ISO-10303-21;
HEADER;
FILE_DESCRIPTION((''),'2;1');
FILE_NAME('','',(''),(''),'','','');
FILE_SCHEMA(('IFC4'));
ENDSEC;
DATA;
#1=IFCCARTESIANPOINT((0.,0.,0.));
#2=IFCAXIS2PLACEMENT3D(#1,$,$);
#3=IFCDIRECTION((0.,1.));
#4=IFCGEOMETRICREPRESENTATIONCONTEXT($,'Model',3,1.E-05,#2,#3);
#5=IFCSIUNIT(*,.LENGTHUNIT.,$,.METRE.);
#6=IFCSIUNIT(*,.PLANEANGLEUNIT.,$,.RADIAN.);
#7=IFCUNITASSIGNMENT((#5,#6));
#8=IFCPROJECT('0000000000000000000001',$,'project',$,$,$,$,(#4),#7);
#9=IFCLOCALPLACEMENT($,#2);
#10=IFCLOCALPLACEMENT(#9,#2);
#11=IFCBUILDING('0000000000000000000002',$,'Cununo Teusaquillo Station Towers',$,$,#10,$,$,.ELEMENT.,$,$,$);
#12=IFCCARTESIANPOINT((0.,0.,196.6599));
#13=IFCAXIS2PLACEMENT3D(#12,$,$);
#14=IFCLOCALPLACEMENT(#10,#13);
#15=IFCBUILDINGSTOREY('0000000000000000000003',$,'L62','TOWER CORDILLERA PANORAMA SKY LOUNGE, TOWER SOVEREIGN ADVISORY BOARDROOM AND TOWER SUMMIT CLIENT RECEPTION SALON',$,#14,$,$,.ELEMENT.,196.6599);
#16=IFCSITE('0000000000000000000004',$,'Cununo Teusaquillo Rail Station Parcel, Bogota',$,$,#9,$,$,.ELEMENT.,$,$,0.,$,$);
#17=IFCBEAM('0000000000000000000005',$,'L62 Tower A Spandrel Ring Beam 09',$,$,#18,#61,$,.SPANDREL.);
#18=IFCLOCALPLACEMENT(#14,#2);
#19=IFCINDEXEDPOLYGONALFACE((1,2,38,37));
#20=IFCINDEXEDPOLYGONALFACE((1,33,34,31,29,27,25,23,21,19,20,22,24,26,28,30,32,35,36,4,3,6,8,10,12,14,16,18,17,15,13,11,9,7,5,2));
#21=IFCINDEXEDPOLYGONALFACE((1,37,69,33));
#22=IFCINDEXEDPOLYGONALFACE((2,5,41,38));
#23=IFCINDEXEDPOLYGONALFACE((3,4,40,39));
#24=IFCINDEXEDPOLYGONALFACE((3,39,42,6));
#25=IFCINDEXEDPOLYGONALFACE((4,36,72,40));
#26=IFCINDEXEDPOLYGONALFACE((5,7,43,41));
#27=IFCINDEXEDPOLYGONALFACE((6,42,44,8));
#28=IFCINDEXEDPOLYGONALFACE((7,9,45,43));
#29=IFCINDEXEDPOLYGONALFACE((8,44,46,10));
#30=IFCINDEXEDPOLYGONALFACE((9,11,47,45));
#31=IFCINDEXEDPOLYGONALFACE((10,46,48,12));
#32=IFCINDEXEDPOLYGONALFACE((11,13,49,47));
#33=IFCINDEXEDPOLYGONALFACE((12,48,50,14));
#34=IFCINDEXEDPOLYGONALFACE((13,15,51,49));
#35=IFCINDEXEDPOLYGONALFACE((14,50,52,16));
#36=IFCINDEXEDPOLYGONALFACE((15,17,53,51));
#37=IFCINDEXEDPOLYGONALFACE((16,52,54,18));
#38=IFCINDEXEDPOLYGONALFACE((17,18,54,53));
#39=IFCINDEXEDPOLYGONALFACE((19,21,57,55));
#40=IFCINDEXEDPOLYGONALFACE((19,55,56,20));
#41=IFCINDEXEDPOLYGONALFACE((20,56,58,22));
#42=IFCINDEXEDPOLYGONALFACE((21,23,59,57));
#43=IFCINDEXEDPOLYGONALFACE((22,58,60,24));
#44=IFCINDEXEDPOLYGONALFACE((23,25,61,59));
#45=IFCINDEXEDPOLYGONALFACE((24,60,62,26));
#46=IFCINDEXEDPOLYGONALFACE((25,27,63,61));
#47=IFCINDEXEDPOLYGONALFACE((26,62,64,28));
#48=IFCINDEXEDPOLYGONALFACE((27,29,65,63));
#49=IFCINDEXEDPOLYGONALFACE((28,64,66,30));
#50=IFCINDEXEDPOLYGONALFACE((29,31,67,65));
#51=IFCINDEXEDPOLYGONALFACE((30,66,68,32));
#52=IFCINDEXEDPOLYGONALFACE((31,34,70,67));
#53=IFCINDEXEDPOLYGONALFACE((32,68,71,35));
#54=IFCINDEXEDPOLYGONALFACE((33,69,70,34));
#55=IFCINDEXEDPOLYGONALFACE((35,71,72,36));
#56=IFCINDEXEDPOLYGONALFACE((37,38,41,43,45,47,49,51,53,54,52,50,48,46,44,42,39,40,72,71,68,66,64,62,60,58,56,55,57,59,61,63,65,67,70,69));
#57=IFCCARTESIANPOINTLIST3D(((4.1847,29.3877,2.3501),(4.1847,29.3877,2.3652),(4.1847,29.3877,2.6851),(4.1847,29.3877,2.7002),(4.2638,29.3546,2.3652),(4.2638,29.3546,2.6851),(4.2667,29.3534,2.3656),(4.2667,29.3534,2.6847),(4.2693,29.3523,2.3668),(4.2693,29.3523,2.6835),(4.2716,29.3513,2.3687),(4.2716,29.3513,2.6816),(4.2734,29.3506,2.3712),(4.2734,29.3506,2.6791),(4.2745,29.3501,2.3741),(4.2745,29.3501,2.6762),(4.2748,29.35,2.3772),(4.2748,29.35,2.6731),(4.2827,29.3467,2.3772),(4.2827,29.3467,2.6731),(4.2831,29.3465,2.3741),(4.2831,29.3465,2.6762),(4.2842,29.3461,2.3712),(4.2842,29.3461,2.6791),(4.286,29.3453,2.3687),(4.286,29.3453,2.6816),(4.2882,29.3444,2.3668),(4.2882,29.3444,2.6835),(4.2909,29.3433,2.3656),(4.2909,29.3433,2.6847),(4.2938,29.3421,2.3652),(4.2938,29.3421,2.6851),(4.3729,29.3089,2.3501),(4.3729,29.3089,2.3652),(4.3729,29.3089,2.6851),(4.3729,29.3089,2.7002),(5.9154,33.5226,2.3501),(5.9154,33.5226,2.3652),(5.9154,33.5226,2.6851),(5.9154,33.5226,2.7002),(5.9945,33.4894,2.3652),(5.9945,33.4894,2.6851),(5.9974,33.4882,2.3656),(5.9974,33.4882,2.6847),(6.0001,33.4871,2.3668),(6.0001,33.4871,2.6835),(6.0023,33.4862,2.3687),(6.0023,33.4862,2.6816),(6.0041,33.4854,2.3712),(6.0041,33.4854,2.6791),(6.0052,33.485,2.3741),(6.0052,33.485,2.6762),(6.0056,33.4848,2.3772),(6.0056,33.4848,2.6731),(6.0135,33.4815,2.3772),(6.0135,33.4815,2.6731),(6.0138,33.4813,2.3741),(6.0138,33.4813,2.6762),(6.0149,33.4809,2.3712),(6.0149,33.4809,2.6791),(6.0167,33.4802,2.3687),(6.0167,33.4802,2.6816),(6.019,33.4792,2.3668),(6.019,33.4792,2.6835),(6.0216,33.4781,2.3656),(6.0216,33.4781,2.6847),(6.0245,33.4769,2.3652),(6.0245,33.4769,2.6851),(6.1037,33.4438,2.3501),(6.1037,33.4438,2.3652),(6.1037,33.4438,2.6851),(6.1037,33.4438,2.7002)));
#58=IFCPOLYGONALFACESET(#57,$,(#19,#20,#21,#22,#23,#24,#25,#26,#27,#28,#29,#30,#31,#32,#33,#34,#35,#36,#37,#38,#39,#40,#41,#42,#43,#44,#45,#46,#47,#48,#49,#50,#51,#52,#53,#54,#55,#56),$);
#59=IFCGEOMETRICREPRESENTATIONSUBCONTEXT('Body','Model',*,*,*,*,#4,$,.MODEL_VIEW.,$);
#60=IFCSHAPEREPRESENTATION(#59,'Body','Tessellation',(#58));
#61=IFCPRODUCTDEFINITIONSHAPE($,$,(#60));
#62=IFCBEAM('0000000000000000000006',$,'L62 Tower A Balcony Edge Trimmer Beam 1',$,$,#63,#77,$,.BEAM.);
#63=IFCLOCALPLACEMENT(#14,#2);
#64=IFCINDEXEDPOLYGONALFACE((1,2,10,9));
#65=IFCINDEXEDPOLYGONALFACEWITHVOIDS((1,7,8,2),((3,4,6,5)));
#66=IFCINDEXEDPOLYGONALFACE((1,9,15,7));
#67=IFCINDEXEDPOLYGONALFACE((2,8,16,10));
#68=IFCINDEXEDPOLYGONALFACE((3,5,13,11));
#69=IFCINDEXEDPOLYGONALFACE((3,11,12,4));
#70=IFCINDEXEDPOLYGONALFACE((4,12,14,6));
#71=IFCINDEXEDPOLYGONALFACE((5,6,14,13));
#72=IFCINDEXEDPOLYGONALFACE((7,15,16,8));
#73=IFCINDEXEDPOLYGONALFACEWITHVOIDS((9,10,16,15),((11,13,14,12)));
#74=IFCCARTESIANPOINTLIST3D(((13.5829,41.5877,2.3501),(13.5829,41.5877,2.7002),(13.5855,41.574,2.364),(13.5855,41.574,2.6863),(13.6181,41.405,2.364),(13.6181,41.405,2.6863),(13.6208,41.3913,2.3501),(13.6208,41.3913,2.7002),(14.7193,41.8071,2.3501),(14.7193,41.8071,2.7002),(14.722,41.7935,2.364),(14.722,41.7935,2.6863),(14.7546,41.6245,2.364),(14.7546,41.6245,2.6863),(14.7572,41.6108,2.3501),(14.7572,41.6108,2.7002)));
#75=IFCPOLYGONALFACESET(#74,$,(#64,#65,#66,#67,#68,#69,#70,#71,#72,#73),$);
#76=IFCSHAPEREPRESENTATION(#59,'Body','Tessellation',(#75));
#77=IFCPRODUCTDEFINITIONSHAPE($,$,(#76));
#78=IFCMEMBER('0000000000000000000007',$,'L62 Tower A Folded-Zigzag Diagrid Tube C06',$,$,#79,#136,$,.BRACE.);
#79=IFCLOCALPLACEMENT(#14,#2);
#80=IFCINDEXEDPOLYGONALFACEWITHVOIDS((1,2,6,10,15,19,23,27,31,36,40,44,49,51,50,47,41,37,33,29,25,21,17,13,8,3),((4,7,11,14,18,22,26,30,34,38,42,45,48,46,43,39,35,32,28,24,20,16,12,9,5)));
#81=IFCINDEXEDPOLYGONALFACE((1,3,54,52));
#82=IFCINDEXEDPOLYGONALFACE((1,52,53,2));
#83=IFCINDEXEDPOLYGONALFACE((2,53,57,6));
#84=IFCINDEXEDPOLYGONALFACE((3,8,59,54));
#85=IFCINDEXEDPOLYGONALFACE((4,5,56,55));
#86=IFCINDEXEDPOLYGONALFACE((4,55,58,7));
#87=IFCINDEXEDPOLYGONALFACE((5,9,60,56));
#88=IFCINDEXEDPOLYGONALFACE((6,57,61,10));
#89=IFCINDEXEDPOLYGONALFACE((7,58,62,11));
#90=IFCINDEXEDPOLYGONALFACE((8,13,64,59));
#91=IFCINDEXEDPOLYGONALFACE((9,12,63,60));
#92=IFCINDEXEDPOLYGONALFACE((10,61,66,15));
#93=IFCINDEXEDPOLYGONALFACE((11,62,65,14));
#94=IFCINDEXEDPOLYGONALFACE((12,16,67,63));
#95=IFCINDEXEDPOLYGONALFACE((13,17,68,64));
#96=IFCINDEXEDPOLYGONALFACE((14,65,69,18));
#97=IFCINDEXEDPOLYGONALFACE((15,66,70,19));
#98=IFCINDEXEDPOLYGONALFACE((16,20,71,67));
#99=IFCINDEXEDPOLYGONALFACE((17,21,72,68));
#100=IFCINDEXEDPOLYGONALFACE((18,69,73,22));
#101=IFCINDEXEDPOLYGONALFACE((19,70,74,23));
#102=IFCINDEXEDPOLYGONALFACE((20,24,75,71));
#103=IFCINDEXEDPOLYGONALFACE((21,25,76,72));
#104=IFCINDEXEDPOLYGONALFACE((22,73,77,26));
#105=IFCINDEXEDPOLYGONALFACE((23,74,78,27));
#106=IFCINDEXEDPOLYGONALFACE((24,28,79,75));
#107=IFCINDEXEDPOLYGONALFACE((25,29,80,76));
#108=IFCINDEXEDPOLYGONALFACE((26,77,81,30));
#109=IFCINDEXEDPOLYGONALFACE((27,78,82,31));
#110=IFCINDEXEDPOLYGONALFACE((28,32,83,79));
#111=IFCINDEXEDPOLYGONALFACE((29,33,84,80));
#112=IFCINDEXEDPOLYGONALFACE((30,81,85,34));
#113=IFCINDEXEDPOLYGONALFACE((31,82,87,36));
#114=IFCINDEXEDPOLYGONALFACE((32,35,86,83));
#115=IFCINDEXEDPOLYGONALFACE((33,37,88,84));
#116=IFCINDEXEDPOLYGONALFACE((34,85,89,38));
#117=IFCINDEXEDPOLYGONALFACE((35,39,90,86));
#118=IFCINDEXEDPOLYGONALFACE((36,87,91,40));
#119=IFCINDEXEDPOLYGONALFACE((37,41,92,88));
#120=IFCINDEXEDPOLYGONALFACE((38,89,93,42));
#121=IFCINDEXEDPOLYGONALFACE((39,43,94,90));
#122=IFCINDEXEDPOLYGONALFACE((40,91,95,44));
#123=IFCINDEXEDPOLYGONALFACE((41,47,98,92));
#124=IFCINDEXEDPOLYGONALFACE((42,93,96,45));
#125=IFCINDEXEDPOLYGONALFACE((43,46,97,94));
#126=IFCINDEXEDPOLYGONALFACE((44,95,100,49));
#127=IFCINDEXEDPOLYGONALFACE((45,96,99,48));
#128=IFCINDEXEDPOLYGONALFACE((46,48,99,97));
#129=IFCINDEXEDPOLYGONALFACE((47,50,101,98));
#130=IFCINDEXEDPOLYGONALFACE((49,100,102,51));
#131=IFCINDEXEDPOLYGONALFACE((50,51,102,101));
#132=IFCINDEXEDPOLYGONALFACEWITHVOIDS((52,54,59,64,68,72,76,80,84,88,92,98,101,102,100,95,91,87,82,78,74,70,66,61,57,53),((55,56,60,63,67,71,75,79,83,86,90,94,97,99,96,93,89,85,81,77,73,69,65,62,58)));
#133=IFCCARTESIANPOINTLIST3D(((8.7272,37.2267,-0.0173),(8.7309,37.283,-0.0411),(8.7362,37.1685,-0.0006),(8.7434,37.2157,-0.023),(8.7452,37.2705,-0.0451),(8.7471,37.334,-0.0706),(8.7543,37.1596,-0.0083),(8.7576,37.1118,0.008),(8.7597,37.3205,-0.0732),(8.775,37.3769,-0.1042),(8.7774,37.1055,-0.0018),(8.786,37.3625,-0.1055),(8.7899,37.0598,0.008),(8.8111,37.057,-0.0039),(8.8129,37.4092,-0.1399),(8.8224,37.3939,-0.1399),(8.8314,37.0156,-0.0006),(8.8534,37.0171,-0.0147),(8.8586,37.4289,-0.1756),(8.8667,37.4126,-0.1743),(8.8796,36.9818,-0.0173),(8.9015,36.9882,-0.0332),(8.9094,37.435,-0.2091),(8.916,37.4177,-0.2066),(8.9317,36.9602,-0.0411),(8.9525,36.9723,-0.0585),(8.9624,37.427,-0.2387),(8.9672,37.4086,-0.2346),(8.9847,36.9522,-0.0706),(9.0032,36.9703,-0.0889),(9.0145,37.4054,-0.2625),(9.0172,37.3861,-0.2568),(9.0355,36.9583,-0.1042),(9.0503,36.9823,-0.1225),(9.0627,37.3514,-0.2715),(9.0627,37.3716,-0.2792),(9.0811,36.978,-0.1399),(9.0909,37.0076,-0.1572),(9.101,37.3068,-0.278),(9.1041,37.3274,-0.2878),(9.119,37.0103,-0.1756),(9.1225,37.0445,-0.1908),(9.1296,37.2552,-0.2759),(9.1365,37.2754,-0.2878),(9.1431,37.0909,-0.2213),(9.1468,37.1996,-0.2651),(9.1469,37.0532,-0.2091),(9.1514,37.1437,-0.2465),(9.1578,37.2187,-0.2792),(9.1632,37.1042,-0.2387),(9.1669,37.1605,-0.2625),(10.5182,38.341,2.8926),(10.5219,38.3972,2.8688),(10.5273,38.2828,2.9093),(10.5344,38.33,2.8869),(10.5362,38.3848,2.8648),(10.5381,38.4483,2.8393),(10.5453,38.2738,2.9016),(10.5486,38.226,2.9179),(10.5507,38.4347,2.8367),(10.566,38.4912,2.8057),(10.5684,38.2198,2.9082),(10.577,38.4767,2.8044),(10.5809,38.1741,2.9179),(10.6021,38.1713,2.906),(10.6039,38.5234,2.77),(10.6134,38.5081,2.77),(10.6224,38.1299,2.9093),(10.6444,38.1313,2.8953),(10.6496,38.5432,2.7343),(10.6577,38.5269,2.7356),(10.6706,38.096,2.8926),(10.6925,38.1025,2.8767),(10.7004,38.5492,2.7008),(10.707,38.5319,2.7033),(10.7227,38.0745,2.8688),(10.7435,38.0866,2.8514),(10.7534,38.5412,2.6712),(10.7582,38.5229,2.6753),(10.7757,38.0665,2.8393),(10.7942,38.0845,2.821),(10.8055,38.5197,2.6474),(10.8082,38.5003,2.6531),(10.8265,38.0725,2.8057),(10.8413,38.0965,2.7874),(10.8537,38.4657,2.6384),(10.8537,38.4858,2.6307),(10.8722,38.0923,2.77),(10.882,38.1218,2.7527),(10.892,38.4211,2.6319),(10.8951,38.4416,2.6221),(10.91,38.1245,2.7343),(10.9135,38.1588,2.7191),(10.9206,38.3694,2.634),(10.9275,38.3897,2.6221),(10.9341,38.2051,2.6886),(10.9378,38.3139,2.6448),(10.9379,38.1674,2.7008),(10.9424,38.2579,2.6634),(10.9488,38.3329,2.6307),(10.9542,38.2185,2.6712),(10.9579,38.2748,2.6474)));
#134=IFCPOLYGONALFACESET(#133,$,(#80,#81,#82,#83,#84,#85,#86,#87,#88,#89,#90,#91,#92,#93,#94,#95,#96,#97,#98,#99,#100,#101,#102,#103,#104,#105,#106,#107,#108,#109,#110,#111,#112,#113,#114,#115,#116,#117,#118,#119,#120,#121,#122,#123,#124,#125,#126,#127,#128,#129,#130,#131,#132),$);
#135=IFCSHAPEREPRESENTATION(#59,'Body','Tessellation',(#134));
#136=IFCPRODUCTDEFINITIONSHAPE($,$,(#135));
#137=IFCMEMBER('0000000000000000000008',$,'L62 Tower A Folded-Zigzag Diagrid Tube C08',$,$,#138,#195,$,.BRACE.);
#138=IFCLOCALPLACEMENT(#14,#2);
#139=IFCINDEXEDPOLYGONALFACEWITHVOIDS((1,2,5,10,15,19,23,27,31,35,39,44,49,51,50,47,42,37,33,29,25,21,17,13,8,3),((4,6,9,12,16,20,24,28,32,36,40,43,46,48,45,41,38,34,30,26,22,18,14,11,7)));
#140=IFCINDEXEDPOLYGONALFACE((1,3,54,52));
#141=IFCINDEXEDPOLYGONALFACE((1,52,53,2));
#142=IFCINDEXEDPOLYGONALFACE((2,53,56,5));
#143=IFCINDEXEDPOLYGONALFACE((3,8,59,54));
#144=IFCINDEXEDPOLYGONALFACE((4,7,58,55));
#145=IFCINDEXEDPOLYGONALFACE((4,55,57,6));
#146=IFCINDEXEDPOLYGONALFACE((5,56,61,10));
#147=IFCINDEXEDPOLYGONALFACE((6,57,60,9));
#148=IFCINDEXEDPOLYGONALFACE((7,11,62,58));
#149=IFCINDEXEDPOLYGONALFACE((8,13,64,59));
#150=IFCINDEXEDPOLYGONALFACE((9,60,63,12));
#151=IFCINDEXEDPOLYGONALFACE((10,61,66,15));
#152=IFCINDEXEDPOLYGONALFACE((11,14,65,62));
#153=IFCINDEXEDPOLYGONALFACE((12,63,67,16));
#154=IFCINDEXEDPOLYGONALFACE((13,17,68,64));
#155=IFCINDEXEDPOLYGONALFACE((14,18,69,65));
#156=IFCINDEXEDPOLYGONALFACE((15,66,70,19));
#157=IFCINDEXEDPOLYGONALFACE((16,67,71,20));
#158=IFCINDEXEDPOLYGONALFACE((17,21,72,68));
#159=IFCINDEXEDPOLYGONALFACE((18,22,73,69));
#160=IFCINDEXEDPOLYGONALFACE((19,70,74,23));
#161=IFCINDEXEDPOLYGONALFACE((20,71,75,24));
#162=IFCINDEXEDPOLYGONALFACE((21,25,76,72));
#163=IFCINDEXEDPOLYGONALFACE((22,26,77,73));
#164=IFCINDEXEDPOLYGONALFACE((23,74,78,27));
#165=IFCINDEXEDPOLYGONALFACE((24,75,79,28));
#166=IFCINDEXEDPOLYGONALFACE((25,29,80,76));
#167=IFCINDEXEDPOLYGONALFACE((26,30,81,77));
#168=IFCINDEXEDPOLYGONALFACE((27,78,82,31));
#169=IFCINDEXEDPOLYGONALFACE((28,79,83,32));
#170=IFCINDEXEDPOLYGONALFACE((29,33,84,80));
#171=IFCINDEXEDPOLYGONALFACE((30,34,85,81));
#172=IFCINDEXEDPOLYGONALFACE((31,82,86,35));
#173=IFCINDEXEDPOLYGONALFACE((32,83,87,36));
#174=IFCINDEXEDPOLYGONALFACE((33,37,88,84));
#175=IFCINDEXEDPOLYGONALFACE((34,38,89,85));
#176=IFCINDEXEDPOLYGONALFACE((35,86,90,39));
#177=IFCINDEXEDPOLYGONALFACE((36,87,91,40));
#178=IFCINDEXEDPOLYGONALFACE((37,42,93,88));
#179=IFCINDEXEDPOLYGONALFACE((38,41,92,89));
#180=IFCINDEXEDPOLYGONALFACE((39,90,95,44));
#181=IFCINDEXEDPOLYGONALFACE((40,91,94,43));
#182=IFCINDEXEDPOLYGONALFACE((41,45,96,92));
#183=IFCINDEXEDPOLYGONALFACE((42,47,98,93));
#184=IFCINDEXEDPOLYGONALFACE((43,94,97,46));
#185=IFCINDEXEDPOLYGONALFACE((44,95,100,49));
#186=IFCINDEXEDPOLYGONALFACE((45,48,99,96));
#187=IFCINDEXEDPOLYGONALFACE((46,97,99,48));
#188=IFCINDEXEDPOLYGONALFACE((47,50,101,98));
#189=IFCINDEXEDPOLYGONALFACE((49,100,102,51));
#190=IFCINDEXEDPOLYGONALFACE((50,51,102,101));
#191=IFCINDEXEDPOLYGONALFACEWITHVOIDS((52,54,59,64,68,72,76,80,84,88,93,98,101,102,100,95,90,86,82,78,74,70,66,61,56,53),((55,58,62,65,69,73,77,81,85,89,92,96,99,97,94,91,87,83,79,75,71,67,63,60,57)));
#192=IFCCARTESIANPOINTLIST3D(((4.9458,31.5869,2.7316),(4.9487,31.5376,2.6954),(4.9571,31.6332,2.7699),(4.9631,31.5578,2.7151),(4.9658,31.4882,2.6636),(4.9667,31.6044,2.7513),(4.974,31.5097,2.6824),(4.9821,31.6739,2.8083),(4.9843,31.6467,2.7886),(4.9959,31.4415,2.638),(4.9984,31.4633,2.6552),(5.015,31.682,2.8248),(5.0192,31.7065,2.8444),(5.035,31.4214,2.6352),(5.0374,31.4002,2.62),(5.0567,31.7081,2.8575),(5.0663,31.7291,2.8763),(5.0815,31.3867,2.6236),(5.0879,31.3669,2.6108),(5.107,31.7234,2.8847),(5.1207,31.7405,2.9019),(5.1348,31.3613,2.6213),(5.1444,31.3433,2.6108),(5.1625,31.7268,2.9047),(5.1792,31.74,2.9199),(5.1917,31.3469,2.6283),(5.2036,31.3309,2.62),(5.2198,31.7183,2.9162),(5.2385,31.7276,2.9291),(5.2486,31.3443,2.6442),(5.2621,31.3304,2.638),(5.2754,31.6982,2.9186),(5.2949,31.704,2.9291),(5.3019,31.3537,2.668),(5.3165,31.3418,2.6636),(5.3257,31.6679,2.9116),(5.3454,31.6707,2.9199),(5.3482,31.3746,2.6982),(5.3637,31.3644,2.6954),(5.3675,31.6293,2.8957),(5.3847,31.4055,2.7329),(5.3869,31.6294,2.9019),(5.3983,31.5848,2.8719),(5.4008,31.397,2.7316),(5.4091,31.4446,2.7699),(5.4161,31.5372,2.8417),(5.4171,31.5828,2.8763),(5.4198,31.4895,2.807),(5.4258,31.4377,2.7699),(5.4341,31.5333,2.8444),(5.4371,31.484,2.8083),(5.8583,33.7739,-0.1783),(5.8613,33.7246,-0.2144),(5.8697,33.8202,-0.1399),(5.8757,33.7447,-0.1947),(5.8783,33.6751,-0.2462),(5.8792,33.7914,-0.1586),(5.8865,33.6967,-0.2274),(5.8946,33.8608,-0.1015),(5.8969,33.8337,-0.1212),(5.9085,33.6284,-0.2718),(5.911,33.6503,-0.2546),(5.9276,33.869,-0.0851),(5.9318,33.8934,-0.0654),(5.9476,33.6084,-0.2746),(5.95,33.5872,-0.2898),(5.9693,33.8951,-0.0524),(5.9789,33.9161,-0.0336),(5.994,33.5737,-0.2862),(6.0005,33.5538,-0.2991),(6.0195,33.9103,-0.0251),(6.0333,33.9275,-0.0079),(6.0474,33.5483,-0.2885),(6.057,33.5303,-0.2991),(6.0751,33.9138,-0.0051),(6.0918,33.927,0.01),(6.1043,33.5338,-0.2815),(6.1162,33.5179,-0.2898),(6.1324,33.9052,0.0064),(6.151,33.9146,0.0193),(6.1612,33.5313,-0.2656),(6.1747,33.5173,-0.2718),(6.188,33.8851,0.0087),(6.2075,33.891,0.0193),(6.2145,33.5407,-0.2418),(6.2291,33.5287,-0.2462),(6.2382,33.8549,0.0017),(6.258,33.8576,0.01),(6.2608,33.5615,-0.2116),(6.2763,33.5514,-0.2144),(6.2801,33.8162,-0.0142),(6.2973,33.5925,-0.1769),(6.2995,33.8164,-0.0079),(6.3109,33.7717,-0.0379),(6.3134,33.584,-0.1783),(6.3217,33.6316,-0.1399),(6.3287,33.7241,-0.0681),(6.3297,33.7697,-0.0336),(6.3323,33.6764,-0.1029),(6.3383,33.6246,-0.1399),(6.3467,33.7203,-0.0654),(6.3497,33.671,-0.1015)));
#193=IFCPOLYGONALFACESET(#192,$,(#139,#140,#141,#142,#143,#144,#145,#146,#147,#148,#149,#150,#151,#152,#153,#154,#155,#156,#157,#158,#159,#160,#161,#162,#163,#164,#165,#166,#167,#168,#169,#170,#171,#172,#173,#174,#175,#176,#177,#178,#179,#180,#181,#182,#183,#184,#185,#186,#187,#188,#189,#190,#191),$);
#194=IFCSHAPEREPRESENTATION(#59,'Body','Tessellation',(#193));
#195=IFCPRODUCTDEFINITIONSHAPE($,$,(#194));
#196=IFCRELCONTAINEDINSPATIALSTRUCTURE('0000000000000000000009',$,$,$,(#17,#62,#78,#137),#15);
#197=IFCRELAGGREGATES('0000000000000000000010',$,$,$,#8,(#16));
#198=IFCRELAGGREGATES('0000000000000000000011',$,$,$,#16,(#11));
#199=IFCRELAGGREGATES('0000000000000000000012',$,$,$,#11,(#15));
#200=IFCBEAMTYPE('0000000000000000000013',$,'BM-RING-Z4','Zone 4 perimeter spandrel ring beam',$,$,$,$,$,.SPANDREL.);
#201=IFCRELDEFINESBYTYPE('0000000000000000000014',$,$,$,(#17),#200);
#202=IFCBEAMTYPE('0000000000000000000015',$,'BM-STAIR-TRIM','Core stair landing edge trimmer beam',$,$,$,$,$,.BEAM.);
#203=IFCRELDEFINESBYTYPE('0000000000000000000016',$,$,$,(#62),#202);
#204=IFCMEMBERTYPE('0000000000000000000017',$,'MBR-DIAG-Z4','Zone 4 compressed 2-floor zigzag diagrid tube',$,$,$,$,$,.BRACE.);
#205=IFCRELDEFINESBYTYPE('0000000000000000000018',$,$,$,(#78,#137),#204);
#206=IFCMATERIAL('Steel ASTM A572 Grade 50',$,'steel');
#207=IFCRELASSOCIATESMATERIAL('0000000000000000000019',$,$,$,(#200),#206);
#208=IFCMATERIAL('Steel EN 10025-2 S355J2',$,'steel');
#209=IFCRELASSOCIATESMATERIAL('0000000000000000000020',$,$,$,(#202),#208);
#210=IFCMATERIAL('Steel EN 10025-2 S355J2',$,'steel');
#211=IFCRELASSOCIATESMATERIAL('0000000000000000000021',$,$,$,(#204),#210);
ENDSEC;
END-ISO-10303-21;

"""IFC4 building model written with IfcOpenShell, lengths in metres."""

from ifc_helpers import new_model, si_unit, direction, frame, origin, origin_2d, place, context, subcontext, project, spatial, hollow_rectangle, hollow_circle, i_section, extrude, material, material_profile, profile_set, type_object, element, save


model = new_model("IFC4")

# Units and contexts
model_context = context("Model", 3, precision=1e-05, world=origin(), true_north=direction((0.0, 1.0)))
body_context = subcontext(model_context, "Body", "Model", "MODEL_VIEW")
ifc_project = project(units=[si_unit("LENGTHUNIT", "METRE"), si_unit("PLANEANGLEUNIT", "RADIAN")], contexts=[model_context])

# Site, building, storey
site_placement = place(None, origin())
site = spatial("IfcSite", under=ifc_project, at=site_placement, Name="Cununo Teusaquillo Rail Station Parcel, Bogota", CompositionType="ELEMENT", RefElevation=0.0)
building_placement = place(site_placement, origin())
building = spatial("IfcBuilding", under=site, at=building_placement, Name="Cununo Teusaquillo Station Towers", CompositionType="ELEMENT")
storey_placement = place(building_placement, frame((0.0, 0.0, 196.6599)))
storey = spatial("IfcBuildingStorey", under=building, at=storey_placement, Name="L62", Description="TOWER CORDILLERA PANORAMA SKY LOUNGE, TOWER SOVEREIGN ADVISORY BOARDROOM AND TOWER SUMMIT CLIENT RECEPTION SALON", CompositionType="ELEMENT", Elevation=196.6599)

# Beams
ifc_material_1 = material(Name="Steel ASTM A572 Grade 50", Category="steel")
ifc_material_profile_1 = material_profile(ifc_material_1, i_section(OverallWidth=0.2041, OverallDepth=0.3501, WebThickness=0.0085, FlangeThickness=0.0151, FilletRadius=0.012, at=origin_2d()), Name="W14X48")
ifc_profile_set_1 = profile_set([ifc_material_profile_1], Name="Steel ASTM A572 Grade 50")
beam_type_1 = type_object("IfcBeamType", Name="BM-RING-Z4", Description="Zone 4 perimeter spandrel ring beam", PredefinedType="SPANDREL", material=ifc_profile_set_1)
beam_1_placement = place(storey_placement, frame((6.0095, 33.4832, 2.5251), z_axis=(-0.386115, -0.92245, 0.0), x_axis=(0.92245, -0.386115, 0.0)))
element("IfcBeam", 1, at=beam_1_placement, inside=storey, type_object=beam_type_1, Name="L62 Tower A Spandrel Ring Beam 09", PredefinedType="SPANDREL", context=body_context, shape_type="SweptSolid", body=[
    extrude(i_section(OverallWidth=0.2041, OverallDepth=0.3501, WebThickness=0.0085, FlangeThickness=0.0151, FilletRadius=0.012, at=origin_2d()), origin(), (0.0, 0.0, 1.0), 4.4824),
])
ifc_material_2 = material(Name="Steel EN 10025-2 S355J2", Category="steel")
ifc_material_profile_2 = material_profile(ifc_material_2, hollow_rectangle(XDim=0.2, YDim=0.3501, WallThickness=0.0139, at=origin_2d()), Name="RHS 350x200x14")
ifc_profile_set_2 = profile_set([ifc_material_profile_2], Name="Steel EN 10025-2 S355J2")
beam_type_2 = type_object("IfcBeamType", Name="BM-STAIR-TRIM", Description="Core stair landing edge trimmer beam", PredefinedType="BEAM", material=ifc_profile_set_2)
beam_2_placement = place(storey_placement, frame((14.7383, 41.709, 2.5251), z_axis=(-0.981857, -0.189622, 0.0), x_axis=(0.189622, -0.981857, 0.0)))
element("IfcBeam", 2, at=beam_2_placement, inside=storey, type_object=beam_type_2, Name="L62 Tower A Balcony Edge Trimmer Beam 1", PredefinedType="BEAM", context=body_context, shape_type="SweptSolid", body=[
    extrude(hollow_rectangle(XDim=0.2, YDim=0.3501, WallThickness=0.0139, at=origin_2d()), origin(), (0.0, 0.0, 1.0), 1.1575),
])

# Members
ifc_material_3 = material(Name="Steel EN 10025-2 S355J2", Category="steel")
ifc_material_profile_3 = material_profile(ifc_material_3, hollow_circle(Radius=0.2539, WallThickness=0.0181, at=origin_2d()), Name="CHS 508x18")
ifc_profile_set_3 = profile_set([ifc_material_profile_3], Name="Steel EN 10025-2 S355J2")
member_type = type_object("IfcMemberType", Name="MBR-DIAG-Z4", Description="Zone 4 compressed 2-floor zigzag diagrid tube", PredefinedType="BRACE", material=ifc_profile_set_3)
member_1_placement = place(storey_placement, frame((8.947, 37.1936, -0.1399), z_axis=(0.498334, 0.310032, 0.809656), x_axis=(-0.52825, 0.849089, 0.0)))
element("IfcMember", 3, at=member_1_placement, inside=storey, type_object=member_type, Name="L62 Tower A Folded-Zigzag Diagrid Tube C06", PredefinedType="BRACE", context=body_context, shape_type="SweptSolid", body=[
    extrude(hollow_circle(Radius=0.2539, WallThickness=0.0181, at=origin_2d()), origin(), (0.0, 0.0, 1.0), 3.594),
])
member_2_placement = place(storey_placement, frame((6.104, 33.7224, -0.1399), z_axis=(-0.243178, -0.582769, 0.775399), x_axis=(0.922876, -0.385098, 0.0)))
element("IfcMember", 4, at=member_2_placement, inside=storey, type_object=member_type, Name="L62 Tower A Folded-Zigzag Diagrid Tube C08", PredefinedType="BRACE", context=body_context, shape_type="SweptSolid", body=[
    extrude(hollow_circle(Radius=0.2539, WallThickness=0.0181, at=origin_2d()), origin(), (0.0, 0.0, 1.0), 3.7527),
])

save(model, "model.ifc")
